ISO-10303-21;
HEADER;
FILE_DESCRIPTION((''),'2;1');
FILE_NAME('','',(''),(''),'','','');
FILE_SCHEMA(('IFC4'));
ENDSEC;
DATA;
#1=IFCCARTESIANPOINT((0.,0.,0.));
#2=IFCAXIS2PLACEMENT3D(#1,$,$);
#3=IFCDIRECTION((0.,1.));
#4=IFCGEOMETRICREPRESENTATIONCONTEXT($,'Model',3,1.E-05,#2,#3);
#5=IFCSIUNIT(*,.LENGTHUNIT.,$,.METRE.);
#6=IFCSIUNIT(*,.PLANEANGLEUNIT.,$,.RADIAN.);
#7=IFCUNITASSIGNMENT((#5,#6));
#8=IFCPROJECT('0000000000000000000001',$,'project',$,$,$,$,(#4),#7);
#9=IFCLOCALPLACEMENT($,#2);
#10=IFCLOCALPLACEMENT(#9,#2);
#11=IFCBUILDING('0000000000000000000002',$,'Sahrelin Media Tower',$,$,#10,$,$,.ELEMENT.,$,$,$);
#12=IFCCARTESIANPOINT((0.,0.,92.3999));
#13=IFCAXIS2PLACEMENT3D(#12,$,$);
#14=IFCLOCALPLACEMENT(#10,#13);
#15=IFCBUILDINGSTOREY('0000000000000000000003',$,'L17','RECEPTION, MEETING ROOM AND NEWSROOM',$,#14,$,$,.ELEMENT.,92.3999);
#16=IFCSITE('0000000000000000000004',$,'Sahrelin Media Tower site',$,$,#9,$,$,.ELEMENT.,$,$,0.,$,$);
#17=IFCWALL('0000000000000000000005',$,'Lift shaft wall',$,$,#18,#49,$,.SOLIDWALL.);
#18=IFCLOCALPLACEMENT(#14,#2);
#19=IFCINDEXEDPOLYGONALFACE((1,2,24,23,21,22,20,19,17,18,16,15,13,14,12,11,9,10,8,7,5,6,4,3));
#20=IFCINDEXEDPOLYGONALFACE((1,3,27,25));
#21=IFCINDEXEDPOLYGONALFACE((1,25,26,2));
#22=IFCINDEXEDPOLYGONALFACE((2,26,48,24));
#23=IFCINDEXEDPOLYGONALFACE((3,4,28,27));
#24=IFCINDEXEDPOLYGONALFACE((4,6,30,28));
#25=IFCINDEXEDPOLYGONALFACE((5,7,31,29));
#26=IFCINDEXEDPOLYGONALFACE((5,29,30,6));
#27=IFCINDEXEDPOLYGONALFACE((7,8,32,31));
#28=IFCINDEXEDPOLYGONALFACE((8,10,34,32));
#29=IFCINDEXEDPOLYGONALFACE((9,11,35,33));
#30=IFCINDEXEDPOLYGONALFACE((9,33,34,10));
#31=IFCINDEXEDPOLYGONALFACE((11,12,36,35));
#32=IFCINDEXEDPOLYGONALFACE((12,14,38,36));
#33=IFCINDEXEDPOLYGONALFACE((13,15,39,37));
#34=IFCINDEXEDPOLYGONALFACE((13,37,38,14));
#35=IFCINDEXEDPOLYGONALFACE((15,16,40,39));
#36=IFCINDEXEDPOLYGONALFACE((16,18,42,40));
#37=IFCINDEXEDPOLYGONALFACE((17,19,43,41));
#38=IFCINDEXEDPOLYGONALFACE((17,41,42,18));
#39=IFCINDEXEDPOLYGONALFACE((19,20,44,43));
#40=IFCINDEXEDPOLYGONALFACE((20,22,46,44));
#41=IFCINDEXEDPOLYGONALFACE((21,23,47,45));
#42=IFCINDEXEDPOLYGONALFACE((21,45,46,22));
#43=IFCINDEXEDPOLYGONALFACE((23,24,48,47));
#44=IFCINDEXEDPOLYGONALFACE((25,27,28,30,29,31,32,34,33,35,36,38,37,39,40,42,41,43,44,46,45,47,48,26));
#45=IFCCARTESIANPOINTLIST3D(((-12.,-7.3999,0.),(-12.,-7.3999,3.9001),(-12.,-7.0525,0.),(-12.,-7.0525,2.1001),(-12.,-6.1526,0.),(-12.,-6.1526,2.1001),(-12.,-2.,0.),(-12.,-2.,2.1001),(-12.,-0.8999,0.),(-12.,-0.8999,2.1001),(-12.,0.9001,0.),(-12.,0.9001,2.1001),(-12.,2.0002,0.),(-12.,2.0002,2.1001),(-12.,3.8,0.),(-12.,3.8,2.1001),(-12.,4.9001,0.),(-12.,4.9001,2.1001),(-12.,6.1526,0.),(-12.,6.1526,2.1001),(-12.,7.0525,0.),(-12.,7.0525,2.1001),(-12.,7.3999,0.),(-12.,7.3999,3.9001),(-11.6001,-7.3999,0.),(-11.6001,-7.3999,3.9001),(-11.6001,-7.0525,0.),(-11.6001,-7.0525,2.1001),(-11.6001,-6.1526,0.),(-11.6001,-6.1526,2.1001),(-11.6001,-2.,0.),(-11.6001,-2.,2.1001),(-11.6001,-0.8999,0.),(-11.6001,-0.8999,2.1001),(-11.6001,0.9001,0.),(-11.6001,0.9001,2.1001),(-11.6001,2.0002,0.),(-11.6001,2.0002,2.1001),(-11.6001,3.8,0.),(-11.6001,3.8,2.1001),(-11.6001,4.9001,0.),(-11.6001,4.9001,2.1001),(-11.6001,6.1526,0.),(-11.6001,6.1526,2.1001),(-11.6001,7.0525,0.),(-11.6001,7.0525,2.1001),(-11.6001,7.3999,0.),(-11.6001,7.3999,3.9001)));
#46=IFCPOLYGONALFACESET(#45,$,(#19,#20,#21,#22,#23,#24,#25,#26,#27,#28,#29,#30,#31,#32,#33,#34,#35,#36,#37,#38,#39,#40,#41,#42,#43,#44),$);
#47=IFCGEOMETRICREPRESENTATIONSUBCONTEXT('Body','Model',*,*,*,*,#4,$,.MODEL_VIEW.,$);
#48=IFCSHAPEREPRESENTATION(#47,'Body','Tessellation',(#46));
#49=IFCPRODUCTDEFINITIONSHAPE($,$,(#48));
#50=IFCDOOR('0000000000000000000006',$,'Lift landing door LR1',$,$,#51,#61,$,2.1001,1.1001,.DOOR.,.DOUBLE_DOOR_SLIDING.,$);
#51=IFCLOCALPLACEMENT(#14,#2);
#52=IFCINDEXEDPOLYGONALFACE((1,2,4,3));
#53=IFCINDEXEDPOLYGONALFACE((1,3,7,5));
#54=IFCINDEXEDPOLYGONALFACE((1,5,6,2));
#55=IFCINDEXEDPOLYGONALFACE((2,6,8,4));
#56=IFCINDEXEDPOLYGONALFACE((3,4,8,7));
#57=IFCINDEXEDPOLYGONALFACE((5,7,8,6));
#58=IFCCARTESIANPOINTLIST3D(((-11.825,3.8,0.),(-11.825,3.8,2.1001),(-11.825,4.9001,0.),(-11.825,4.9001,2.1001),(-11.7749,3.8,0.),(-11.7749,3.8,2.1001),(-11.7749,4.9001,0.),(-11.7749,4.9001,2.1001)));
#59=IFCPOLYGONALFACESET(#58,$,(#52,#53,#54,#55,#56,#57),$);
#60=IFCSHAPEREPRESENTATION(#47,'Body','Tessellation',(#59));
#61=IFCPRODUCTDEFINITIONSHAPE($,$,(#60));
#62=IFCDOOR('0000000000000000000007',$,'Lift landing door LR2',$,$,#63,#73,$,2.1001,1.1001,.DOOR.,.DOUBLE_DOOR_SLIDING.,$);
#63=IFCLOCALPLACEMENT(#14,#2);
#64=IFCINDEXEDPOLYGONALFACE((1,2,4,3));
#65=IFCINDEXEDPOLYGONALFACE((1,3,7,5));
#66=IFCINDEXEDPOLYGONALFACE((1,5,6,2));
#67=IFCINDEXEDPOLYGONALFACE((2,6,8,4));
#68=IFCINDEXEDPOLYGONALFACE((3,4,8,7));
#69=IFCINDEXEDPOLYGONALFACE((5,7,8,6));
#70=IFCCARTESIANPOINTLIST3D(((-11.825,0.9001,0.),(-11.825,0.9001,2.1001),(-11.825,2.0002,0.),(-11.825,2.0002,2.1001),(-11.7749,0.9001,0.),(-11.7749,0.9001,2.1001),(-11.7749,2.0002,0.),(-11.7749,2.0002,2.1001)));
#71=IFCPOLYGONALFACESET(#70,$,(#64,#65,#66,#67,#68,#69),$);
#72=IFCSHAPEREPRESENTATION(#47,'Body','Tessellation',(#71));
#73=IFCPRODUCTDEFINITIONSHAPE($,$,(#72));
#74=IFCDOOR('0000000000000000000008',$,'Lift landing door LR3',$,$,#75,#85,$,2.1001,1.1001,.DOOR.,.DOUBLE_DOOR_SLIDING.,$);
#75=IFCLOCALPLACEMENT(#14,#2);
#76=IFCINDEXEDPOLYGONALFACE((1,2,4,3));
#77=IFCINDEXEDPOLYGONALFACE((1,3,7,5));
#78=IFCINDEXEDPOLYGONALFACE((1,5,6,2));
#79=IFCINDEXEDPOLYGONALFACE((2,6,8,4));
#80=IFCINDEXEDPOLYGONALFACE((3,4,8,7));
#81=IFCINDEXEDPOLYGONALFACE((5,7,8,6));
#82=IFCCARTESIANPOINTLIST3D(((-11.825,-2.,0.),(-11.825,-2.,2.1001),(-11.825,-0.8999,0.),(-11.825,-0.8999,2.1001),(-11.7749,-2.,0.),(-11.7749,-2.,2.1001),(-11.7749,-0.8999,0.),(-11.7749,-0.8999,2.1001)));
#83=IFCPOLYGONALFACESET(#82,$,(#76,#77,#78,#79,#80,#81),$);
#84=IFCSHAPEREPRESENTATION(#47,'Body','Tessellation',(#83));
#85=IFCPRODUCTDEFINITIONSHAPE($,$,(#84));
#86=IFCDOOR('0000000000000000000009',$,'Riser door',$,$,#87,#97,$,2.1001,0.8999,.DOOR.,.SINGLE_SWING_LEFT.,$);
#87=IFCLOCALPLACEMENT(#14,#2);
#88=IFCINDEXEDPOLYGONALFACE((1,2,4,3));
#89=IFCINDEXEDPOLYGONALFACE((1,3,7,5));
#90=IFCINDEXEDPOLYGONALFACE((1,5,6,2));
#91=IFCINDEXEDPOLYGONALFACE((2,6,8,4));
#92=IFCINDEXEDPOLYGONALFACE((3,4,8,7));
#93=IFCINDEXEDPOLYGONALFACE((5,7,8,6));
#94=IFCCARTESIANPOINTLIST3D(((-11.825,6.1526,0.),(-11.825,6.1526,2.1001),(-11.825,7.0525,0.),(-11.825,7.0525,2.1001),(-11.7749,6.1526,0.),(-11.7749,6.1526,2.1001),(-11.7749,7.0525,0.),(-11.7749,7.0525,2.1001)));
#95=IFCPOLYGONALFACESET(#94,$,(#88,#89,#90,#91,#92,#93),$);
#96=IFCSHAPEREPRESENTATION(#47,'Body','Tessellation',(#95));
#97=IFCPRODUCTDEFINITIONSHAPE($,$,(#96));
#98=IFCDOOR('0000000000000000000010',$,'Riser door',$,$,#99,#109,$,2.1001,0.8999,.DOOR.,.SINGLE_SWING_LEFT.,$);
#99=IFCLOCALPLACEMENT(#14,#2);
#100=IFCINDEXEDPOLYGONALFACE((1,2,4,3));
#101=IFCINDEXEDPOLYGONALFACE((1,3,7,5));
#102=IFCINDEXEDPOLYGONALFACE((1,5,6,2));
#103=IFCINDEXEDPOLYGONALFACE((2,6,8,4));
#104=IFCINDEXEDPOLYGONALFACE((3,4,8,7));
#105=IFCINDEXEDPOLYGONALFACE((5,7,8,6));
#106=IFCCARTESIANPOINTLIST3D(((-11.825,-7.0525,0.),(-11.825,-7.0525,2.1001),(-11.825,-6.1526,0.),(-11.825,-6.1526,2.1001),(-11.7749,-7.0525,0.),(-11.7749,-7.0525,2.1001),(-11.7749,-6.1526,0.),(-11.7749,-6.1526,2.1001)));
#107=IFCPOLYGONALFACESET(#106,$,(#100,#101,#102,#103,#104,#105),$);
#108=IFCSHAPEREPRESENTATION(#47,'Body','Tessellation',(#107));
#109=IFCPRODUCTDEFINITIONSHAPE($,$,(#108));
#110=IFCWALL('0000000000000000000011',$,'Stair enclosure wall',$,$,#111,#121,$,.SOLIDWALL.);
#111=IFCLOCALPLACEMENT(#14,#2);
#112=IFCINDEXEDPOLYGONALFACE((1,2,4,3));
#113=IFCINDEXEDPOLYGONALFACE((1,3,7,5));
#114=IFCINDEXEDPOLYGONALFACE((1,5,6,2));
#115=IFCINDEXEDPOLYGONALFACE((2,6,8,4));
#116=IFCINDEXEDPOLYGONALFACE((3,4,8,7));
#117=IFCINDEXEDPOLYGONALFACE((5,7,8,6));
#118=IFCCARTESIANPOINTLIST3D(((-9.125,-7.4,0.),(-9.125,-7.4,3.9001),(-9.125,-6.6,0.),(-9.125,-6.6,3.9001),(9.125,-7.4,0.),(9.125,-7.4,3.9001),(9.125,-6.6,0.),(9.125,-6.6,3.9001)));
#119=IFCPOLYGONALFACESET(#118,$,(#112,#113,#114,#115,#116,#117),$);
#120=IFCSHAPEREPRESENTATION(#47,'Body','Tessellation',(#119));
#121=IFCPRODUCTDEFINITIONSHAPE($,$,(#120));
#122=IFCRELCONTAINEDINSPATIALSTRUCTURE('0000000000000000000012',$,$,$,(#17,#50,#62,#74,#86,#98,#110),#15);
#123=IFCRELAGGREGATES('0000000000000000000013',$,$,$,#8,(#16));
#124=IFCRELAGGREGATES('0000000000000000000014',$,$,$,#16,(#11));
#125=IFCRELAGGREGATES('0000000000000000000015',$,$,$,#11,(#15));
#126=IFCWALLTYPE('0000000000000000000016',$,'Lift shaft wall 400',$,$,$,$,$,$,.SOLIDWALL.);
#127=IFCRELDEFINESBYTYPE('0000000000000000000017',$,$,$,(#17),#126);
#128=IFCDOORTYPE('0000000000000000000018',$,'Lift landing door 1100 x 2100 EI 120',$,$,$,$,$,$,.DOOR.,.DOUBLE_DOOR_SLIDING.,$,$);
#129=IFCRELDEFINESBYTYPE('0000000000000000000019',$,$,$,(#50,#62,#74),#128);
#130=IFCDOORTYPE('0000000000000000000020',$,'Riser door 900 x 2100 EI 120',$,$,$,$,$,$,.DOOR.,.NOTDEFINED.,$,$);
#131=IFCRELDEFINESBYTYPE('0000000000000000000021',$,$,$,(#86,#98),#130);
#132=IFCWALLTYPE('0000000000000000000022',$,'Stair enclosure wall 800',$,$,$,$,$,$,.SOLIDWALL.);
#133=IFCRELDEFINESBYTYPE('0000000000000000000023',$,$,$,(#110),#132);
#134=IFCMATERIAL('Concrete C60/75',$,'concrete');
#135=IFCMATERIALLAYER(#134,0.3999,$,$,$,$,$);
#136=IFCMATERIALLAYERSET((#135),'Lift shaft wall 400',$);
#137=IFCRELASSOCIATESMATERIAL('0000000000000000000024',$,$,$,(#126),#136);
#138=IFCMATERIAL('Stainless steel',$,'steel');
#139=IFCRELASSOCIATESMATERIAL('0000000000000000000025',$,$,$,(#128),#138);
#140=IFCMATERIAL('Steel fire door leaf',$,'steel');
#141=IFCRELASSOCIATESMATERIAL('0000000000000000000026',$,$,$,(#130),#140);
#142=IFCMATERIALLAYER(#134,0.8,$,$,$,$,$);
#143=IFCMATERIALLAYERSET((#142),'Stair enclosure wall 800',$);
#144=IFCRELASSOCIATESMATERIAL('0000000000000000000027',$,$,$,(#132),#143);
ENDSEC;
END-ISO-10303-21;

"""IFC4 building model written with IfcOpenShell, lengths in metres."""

from ifc_helpers import new_model, si_unit, direction, frame, frame_2d, origin, place, context, subcontext, project, spatial, rectangle, extrude, material, layer, layer_set, type_object, element, fill, save


model = new_model("IFC4")

# Units and contexts
model_context = context("Model", 3, precision=1e-05, world=origin(), true_north=direction((0.0, 1.0)))
body_context = subcontext(model_context, "Body", "Model", "MODEL_VIEW")
ifc_project = project(units=[si_unit("LENGTHUNIT", "METRE"), si_unit("PLANEANGLEUNIT", "RADIAN")], contexts=[model_context])

# Site, building, storey
site_placement = place(None, origin())
site = spatial("IfcSite", under=ifc_project, at=site_placement, Name="Sahrelin Media Tower site", CompositionType="ELEMENT", RefElevation=0.0)
building_placement = place(site_placement, origin())
building = spatial("IfcBuilding", under=site, at=building_placement, Name="Sahrelin Media Tower", CompositionType="ELEMENT")
storey_placement = place(building_placement, frame((0.0, 0.0, 92.3999)))
storey = spatial("IfcBuildingStorey", under=building, at=storey_placement, Name="L17", Description="RECEPTION, MEETING ROOM AND NEWSROOM", CompositionType="ELEMENT", Elevation=92.3999)

# Shared definitions
ifc_material_1 = material(Name="Concrete C60/75", Category="concrete")
ifc_material_2 = material(Name="Steel fire door leaf", Category="steel")

# Wall, openings, doors
ifc_layer_1 = layer(ifc_material_1, 0.3999)
ifc_layer_set_1 = layer_set([ifc_layer_1], Name="Lift shaft wall 400")
wall_type_1 = type_object("IfcWallType", Name="Lift shaft wall 400", PredefinedType="SOLIDWALL", material=ifc_layer_set_1)
wall_1_placement = place(storey_placement, frame((-11.8, -7.3999, 0.0), z_axis=(0.0, 0.0, 1.0), x_axis=(0.0, 1.0, 0.0)))
wall_1 = element("IfcWall", 1, at=wall_1_placement, inside=storey, type_object=wall_type_1, Name="Lift shaft wall", PredefinedType="SOLIDWALL", context=body_context, shape_type="SweptSolid", body=[
    extrude(rectangle(XDim=14.7998, YDim=0.3999, at=frame_2d((7.3999, 0.0))), origin(), (0.0, 0.0, 1.0), 3.9001),
])
opening_1_placement = place(wall_1_placement, frame((11.2, 0.0, 0.0)))
opening_1 = element("IfcOpeningElement", 2, at=opening_1_placement, cuts=wall_1, PredefinedType="OPENING", context=body_context, shape_type="SweptSolid", body=[
    extrude(rectangle(XDim=1.1001, YDim=2.1001, at=frame_2d((0.55, 1.05))), frame((0.0, 0.2, 0.0), z_axis=(0.0, -1.0, 0.0), x_axis=(1.0, 0.0, 0.0)), (0.0, 0.0, 1.0), 0.3999),
])
opening_2_placement = place(wall_1_placement, frame((8.3, 0.0, 0.0)))
opening_2 = element("IfcOpeningElement", 3, at=opening_2_placement, cuts=wall_1, PredefinedType="OPENING", context=body_context, shape_type="SweptSolid", body=[
    extrude(rectangle(XDim=1.1001, YDim=2.1001, at=frame_2d((0.55, 1.05))), frame((0.0, 0.2, 0.0), z_axis=(0.0, -1.0, 0.0), x_axis=(1.0, 0.0, 0.0)), (0.0, 0.0, 1.0), 0.3999),
])
opening_3_placement = place(wall_1_placement, frame((5.3999, 0.0, 0.0)))
opening_3 = element("IfcOpeningElement", 4, at=opening_3_placement, cuts=wall_1, PredefinedType="OPENING", context=body_context, shape_type="SweptSolid", body=[
    extrude(rectangle(XDim=1.1001, YDim=2.1001, at=frame_2d((0.55, 1.05))), frame((0.0, 0.2, 0.0), z_axis=(0.0, -1.0, 0.0), x_axis=(1.0, 0.0, 0.0)), (0.0, 0.0, 1.0), 0.3999),
])
opening_4_placement = place(wall_1_placement, frame((13.5525, 0.0, 0.0)))
opening_4 = element("IfcOpeningElement", 5, at=opening_4_placement, cuts=wall_1, PredefinedType="OPENING", context=body_context, shape_type="SweptSolid", body=[
    extrude(rectangle(XDim=0.8999, YDim=2.1001, at=frame_2d((0.45, 1.05))), frame((0.0, 0.2, 0.0), z_axis=(0.0, -1.0, 0.0), x_axis=(1.0, 0.0, 0.0)), (0.0, 0.0, 1.0), 0.3999),
])
opening_5_placement = place(wall_1_placement, frame((0.3474, 0.0, 0.0)))
opening_5 = element("IfcOpeningElement", 6, at=opening_5_placement, cuts=wall_1, PredefinedType="OPENING", context=body_context, shape_type="SweptSolid", body=[
    extrude(rectangle(XDim=0.8999, YDim=2.1001, at=frame_2d((0.45, 1.05))), frame((0.0, 0.2, 0.0), z_axis=(0.0, -1.0, 0.0), x_axis=(1.0, 0.0, 0.0)), (0.0, 0.0, 1.0), 0.3999),
])
ifc_material_3 = material(Name="Stainless steel", Category="steel")
door_type_1 = type_object("IfcDoorType", Name="Lift landing door 1100 x 2100 EI 120", OperationType="DOUBLE_DOOR_SLIDING", PredefinedType="DOOR", material=ifc_material_3)
door_1_placement = place(opening_1_placement, origin())
door_1 = element("IfcDoor", 7, at=door_1_placement, inside=storey, type_object=door_type_1, Name="Lift landing door LR1", OperationType="DOUBLE_DOOR_SLIDING", OverallHeight=2.1001, OverallWidth=1.1001, PredefinedType="DOOR", context=body_context, shape_type="SweptSolid", body=[
    extrude(rectangle(XDim=1.1001, YDim=2.1001, at=frame_2d((0.55, 1.05))), frame((0.0, 0.0249, 0.0), z_axis=(0.0, -1.0, 0.0), x_axis=(1.0, 0.0, 0.0)), (0.0, 0.0, 1.0), 0.05),
])
fill(opening_1, door_1)
door_2_placement = place(opening_2_placement, origin())
door_2 = element("IfcDoor", 8, at=door_2_placement, inside=storey, type_object=door_type_1, Name="Lift landing door LR2", OperationType="DOUBLE_DOOR_SLIDING", OverallHeight=2.1001, OverallWidth=1.1001, PredefinedType="DOOR", context=body_context, shape_type="SweptSolid", body=[
    extrude(rectangle(XDim=1.1001, YDim=2.1001, at=frame_2d((0.55, 1.05))), frame((0.0, 0.0249, 0.0), z_axis=(0.0, -1.0, 0.0), x_axis=(1.0, 0.0, 0.0)), (0.0, 0.0, 1.0), 0.05),
])
fill(opening_2, door_2)
door_3_placement = place(opening_3_placement, origin())
door_3 = element("IfcDoor", 9, at=door_3_placement, inside=storey, type_object=door_type_1, Name="Lift landing door LR3", OperationType="DOUBLE_DOOR_SLIDING", OverallHeight=2.1001, OverallWidth=1.1001, PredefinedType="DOOR", context=body_context, shape_type="SweptSolid", body=[
    extrude(rectangle(XDim=1.1001, YDim=2.1001, at=frame_2d((0.55, 1.05))), frame((0.0, 0.0249, 0.0), z_axis=(0.0, -1.0, 0.0), x_axis=(1.0, 0.0, 0.0)), (0.0, 0.0, 1.0), 0.05),
])
fill(opening_3, door_3)
door_type_2 = type_object("IfcDoorType", Name="Riser door 900 x 2100 EI 120", OperationType="NOTDEFINED", PredefinedType="DOOR", material=ifc_material_2)
door_4_placement = place(opening_4_placement, origin())
door_4 = element("IfcDoor", 10, at=door_4_placement, inside=storey, type_object=door_type_2, Name="Riser door", OperationType="SINGLE_SWING_LEFT", OverallHeight=2.1001, OverallWidth=0.8999, PredefinedType="DOOR", context=body_context, shape_type="SweptSolid", body=[
    extrude(rectangle(XDim=0.8999, YDim=2.1001, at=frame_2d((0.45, 1.05))), frame((0.0, 0.0249, 0.0), z_axis=(0.0, -1.0, 0.0), x_axis=(1.0, 0.0, 0.0)), (0.0, 0.0, 1.0), 0.05),
])
fill(opening_4, door_4)
door_5_placement = place(opening_5_placement, origin())
door_5 = element("IfcDoor", 11, at=door_5_placement, inside=storey, type_object=door_type_2, Name="Riser door", OperationType="SINGLE_SWING_LEFT", OverallHeight=2.1001, OverallWidth=0.8999, PredefinedType="DOOR", context=body_context, shape_type="SweptSolid", body=[
    extrude(rectangle(XDim=0.8999, YDim=2.1001, at=frame_2d((0.45, 1.05))), frame((0.0, 0.0249, 0.0), z_axis=(0.0, -1.0, 0.0), x_axis=(1.0, 0.0, 0.0)), (0.0, 0.0, 1.0), 0.05),
])
fill(opening_5, door_5)

# Wall
ifc_layer_2 = layer(ifc_material_1, 0.8)
ifc_layer_set_2 = layer_set([ifc_layer_2], Name="Stair enclosure wall 800")
wall_type_2 = type_object("IfcWallType", Name="Stair enclosure wall 800", PredefinedType="SOLIDWALL", material=ifc_layer_set_2)
wall_2_placement = place(storey_placement, frame((-9.125, -7.0, 0.0), z_axis=(0.0, 0.0, 1.0), x_axis=(1.0, 0.0, 0.0)))
element("IfcWall", 12, at=wall_2_placement, inside=storey, type_object=wall_type_2, Name="Stair enclosure wall", PredefinedType="SOLIDWALL", context=body_context, shape_type="SweptSolid", body=[
    extrude(rectangle(XDim=18.25, YDim=0.8, at=frame_2d((9.125, 0.0))), origin(), (0.0, 0.0, 1.0), 3.9001),
])

save(model, "model.ifc")
